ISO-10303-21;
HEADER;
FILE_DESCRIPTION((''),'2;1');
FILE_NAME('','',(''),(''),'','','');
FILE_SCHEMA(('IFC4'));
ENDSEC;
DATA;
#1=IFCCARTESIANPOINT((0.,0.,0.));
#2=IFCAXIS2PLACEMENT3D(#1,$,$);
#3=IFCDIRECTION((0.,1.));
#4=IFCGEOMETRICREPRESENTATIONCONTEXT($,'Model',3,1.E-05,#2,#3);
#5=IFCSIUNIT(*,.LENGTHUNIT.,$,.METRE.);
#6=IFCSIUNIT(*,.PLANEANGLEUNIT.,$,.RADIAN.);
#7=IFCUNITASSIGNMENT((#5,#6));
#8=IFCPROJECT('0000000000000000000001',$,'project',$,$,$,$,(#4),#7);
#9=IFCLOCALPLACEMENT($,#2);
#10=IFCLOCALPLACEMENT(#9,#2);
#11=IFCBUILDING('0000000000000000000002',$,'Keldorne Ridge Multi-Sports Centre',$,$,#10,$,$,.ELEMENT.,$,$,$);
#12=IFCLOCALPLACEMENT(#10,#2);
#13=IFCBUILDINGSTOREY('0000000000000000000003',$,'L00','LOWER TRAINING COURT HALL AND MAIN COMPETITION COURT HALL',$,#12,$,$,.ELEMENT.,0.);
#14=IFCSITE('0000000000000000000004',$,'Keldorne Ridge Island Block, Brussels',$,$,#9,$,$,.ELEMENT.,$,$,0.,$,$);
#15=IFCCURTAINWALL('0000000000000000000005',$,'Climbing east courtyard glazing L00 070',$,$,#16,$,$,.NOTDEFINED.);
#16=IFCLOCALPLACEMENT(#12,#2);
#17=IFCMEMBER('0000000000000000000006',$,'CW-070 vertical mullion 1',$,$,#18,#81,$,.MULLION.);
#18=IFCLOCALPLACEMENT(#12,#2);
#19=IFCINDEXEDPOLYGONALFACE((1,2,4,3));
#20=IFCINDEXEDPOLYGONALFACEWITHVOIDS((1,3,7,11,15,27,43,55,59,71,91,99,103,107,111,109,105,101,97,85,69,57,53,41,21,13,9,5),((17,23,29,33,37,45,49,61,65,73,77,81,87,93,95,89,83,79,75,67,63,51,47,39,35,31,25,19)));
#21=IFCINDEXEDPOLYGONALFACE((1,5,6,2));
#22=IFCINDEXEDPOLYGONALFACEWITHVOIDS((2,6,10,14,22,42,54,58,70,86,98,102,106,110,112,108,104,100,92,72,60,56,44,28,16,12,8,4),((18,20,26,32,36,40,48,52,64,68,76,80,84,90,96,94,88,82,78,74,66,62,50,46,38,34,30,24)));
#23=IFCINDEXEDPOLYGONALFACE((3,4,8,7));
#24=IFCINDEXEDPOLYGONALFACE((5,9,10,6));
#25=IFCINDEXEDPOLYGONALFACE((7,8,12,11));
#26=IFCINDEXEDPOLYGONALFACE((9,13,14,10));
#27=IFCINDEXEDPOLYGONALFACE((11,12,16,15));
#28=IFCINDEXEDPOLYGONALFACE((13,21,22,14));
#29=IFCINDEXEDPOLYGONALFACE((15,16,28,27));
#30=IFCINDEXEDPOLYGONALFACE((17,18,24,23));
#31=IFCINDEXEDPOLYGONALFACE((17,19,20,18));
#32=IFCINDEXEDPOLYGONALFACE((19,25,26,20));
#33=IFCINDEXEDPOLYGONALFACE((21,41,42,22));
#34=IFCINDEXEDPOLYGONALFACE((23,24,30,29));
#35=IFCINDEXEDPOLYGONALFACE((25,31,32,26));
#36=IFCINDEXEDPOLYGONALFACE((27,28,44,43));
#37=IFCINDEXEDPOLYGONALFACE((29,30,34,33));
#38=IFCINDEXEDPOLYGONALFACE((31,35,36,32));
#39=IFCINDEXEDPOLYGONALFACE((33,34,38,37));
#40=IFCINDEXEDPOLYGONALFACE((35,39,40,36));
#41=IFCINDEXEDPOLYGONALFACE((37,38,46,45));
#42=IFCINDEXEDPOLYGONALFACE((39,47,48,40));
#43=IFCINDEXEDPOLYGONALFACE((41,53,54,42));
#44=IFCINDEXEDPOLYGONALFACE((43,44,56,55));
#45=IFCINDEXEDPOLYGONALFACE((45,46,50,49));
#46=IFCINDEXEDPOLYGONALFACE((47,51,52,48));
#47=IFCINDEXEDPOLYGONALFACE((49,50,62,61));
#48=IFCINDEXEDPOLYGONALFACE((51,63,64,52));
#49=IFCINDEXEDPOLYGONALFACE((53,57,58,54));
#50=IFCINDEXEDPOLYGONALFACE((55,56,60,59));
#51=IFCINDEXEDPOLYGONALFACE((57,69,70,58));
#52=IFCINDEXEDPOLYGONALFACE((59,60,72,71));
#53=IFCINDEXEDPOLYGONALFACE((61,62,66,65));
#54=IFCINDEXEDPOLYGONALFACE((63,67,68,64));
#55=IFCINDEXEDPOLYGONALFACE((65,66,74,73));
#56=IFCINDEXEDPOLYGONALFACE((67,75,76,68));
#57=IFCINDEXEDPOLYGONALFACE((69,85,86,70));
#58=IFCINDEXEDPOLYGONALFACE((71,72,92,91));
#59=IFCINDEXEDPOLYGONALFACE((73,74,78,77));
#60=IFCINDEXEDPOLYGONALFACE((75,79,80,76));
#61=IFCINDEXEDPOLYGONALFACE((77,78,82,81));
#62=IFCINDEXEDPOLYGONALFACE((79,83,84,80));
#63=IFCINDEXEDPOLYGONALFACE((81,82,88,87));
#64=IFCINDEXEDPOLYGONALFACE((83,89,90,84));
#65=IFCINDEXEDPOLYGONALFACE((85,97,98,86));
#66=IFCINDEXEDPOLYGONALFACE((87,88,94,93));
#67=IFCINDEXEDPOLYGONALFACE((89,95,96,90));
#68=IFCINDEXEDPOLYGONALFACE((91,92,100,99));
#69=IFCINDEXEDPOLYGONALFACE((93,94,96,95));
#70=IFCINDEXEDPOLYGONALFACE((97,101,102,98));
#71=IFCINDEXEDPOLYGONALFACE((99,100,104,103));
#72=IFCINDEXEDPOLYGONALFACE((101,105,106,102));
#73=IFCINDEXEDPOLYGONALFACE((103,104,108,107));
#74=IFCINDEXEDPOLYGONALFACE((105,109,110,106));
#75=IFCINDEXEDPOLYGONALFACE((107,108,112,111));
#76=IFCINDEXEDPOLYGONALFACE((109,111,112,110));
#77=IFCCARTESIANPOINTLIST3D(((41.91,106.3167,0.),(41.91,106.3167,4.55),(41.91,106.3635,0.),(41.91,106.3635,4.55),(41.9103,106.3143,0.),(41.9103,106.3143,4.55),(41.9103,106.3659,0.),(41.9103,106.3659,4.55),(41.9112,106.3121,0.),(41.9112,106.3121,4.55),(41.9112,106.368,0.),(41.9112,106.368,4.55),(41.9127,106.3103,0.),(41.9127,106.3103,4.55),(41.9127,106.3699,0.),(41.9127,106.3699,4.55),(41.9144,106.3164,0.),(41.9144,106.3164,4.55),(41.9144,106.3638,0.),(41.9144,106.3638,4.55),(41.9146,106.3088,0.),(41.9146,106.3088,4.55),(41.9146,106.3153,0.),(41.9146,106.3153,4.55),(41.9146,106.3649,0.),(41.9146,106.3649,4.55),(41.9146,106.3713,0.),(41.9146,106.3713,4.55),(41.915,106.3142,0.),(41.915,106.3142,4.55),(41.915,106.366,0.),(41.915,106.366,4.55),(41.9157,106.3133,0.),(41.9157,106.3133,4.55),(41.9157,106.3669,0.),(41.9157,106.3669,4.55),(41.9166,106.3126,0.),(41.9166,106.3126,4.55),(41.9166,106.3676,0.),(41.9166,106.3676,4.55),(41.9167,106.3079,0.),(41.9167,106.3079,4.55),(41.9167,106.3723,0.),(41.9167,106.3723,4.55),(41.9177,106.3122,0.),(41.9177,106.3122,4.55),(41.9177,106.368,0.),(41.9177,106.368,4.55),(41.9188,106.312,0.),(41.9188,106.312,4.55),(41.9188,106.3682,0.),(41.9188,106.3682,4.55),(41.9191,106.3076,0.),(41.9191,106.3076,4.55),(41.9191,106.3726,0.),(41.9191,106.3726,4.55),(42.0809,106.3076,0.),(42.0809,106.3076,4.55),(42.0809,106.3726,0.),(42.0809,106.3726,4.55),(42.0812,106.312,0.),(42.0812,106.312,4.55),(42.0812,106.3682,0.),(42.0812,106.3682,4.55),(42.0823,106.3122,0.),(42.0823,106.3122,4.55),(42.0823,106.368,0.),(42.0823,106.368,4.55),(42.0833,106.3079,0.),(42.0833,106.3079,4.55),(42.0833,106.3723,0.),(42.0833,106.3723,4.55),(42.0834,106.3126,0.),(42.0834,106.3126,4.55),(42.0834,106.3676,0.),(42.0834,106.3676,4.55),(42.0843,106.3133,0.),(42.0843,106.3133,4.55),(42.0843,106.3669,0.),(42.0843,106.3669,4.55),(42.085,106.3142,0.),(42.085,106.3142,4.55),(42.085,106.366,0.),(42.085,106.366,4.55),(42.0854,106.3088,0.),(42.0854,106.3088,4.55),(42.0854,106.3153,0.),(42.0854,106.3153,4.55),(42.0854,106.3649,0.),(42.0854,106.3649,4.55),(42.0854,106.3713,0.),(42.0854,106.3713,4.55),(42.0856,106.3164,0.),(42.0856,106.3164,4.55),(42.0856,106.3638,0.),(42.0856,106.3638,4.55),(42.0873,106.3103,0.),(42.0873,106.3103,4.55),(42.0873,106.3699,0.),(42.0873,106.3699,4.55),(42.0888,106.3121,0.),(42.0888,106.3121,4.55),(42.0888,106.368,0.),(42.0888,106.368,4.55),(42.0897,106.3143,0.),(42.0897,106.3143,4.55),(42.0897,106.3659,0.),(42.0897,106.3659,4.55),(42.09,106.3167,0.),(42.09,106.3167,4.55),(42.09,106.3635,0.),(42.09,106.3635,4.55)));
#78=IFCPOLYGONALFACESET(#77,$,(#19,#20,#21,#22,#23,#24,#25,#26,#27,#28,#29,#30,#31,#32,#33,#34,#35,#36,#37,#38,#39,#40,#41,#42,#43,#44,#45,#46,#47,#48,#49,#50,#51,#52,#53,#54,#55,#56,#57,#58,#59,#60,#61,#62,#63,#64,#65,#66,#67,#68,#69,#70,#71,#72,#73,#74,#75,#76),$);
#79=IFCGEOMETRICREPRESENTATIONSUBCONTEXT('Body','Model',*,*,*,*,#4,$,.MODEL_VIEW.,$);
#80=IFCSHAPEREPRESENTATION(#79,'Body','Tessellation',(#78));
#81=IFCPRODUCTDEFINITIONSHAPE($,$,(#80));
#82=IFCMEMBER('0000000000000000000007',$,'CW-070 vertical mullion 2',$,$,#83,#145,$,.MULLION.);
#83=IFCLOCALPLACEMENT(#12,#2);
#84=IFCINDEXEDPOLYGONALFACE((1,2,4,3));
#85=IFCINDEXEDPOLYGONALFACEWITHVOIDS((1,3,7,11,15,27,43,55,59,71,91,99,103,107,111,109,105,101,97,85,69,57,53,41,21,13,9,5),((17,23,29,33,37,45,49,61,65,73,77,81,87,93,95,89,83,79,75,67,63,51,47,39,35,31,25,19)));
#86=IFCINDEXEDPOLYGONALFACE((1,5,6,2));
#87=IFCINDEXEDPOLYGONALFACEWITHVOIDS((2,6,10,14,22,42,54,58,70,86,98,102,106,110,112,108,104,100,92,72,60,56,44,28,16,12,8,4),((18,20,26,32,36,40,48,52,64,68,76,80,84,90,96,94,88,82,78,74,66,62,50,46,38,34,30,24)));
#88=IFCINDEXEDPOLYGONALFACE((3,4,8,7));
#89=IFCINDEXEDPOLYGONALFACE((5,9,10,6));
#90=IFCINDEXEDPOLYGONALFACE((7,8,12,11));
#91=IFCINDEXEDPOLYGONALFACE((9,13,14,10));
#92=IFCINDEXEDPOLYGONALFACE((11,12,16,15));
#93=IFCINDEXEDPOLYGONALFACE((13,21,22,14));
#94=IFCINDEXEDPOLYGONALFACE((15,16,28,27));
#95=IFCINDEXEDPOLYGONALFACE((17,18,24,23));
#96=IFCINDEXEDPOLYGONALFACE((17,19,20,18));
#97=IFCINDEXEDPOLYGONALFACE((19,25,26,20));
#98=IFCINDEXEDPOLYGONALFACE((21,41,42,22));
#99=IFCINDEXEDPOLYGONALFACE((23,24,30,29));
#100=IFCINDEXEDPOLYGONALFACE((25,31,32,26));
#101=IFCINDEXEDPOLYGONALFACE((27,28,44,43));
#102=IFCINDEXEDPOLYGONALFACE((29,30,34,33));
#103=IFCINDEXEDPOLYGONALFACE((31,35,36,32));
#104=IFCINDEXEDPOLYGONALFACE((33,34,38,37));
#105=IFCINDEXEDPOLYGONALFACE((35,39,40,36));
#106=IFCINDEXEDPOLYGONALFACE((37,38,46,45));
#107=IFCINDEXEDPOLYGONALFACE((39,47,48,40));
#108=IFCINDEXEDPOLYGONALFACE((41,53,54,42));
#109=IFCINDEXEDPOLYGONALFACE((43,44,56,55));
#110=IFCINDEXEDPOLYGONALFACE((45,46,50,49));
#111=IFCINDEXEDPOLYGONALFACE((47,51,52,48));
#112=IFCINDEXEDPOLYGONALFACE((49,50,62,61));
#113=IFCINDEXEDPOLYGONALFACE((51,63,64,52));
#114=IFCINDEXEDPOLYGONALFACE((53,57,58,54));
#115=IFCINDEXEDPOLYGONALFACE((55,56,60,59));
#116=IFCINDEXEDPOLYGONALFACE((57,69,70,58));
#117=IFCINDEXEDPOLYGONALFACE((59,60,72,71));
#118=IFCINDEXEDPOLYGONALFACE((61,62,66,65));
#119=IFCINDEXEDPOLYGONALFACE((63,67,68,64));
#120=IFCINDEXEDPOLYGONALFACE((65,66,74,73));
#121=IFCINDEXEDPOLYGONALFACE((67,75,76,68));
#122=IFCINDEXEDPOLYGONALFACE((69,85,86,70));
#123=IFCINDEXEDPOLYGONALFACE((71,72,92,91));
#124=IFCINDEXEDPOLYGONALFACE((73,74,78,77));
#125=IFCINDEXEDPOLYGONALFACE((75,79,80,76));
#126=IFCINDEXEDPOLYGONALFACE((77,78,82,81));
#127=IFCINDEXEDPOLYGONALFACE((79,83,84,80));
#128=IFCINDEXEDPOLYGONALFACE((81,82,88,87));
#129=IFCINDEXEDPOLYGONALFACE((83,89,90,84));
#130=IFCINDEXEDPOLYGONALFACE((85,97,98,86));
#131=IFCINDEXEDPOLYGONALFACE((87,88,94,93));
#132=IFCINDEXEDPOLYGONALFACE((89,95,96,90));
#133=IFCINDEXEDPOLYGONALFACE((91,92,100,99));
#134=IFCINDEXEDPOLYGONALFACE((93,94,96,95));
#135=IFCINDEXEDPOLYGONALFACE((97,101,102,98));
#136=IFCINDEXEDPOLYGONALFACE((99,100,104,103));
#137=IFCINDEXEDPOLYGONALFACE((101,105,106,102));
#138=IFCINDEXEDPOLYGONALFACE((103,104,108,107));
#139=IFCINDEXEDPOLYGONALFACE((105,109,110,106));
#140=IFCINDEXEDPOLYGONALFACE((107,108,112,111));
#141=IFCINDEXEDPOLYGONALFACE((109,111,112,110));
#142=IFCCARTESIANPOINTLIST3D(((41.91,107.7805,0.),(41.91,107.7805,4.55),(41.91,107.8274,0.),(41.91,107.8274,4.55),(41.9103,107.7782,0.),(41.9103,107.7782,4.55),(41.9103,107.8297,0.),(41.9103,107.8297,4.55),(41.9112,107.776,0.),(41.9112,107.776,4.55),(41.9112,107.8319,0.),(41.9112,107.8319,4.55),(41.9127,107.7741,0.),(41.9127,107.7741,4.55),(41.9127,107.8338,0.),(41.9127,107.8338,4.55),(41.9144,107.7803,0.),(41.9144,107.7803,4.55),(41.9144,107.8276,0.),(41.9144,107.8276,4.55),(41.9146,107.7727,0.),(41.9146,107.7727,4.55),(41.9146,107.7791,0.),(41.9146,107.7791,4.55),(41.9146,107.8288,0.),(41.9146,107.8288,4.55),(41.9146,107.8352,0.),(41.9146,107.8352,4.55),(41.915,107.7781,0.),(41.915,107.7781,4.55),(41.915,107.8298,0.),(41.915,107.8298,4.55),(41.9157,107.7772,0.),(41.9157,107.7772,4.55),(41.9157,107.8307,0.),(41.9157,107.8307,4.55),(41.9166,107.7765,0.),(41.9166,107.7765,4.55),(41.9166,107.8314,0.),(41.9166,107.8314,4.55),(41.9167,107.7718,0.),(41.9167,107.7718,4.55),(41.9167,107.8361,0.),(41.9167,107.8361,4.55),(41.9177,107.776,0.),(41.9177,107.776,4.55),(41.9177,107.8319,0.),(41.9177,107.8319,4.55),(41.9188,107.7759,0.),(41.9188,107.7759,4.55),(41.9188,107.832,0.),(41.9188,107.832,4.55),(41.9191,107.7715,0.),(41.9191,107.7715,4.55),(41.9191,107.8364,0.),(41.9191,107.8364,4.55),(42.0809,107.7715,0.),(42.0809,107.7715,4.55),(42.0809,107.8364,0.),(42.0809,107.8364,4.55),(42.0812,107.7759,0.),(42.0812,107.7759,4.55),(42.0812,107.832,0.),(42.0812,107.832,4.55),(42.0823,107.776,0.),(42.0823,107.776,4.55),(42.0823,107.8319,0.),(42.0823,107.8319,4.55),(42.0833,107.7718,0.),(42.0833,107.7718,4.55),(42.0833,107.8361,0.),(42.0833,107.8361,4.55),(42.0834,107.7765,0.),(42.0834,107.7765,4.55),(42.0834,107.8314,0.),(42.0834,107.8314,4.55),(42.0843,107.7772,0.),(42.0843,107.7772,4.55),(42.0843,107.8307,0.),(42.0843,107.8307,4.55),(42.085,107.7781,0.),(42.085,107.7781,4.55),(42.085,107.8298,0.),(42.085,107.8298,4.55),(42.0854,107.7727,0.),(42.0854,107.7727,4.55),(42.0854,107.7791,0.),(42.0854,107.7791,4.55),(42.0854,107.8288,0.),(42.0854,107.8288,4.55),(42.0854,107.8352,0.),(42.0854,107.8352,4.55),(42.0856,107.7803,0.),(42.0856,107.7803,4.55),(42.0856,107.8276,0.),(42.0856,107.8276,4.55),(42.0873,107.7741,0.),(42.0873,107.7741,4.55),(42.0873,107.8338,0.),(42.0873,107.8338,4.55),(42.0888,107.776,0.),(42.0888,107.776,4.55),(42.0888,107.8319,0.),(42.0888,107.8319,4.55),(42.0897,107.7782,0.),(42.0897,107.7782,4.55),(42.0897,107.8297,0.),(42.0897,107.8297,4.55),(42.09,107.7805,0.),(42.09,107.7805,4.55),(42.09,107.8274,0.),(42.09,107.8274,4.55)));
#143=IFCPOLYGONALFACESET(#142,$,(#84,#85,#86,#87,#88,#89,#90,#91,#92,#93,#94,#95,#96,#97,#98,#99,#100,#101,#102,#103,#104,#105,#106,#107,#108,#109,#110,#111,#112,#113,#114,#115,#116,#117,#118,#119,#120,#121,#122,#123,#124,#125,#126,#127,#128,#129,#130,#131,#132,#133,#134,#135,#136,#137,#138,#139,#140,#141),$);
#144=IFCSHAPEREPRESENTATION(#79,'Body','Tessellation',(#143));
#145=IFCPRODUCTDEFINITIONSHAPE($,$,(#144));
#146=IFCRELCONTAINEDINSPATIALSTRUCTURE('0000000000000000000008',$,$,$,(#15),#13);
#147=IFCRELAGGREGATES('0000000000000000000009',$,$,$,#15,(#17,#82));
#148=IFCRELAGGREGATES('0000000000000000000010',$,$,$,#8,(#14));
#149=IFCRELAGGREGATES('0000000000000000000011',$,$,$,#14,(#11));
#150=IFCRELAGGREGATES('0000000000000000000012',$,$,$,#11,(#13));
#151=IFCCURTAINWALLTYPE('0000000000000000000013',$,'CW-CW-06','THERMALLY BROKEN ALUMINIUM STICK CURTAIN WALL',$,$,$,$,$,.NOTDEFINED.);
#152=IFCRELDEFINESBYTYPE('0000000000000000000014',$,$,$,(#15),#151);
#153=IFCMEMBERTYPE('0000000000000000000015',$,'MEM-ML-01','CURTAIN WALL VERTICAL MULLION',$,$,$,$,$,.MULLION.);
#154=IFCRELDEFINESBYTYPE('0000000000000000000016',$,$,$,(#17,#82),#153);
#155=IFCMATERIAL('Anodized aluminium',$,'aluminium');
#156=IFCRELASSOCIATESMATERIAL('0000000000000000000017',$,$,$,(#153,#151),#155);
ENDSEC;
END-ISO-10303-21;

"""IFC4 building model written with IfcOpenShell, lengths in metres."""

from ifc_helpers import new_model, si_unit, direction, frame, origin, origin_2d, place, context, subcontext, project, spatial, hollow_rectangle, extrude, material, material_profile, profile_set, type_object, element, aggregate, save


model = new_model("IFC4")

# Units and contexts
model_context = context("Model", 3, precision=1e-05, world=origin(), true_north=direction((0.0, 1.0)))
body_context = subcontext(model_context, "Body", "Model", "MODEL_VIEW")
ifc_project = project(units=[si_unit("LENGTHUNIT", "METRE"), si_unit("PLANEANGLEUNIT", "RADIAN")], contexts=[model_context])

# Site, building, storey
site_placement = place(None, origin())
site = spatial("IfcSite", under=ifc_project, at=site_placement, Name="Keldorne Ridge Island Block, Brussels", CompositionType="ELEMENT", RefElevation=0.0)
building_placement = place(site_placement, origin())
building = spatial("IfcBuilding", under=site, at=building_placement, Name="Keldorne Ridge Multi-Sports Centre", CompositionType="ELEMENT")
storey_placement = place(building_placement, origin())
storey = spatial("IfcBuildingStorey", under=building, at=storey_placement, Name="L00", Description="LOWER TRAINING COURT HALL AND MAIN COMPETITION COURT HALL", CompositionType="ELEMENT", Elevation=0.0)

# Shared definitions
ifc_material_1 = material(Name="Anodized aluminium", Category="aluminium")
ifc_material_profile_1 = material_profile(ifc_material_1, hollow_rectangle(XDim=0.0649, YDim=0.1799, WallThickness=0.0044, InnerFilletRadius=0.0044, OuterFilletRadius=0.009, at=origin_2d()), Name="ALU MULLION 180x65x4.5")
ifc_profile_set_1 = profile_set([ifc_material_profile_1], Name="Anodized aluminium")
member_type_1 = type_object("IfcMemberType", Name="MEM-ML-01", Description="CURTAIN WALL VERTICAL MULLION", PredefinedType="MULLION", material=ifc_profile_set_1)

# Curtain wall, members
curtain_wall_type_1 = type_object("IfcCurtainWallType", Name="CW-CW-06", Description="THERMALLY BROKEN ALUMINIUM STICK CURTAIN WALL", PredefinedType="NOTDEFINED", material=ifc_material_1)
curtain_wall_1_placement = place(storey_placement, origin())
curtain_wall_1 = element("IfcCurtainWall", 1, at=curtain_wall_1_placement, inside=storey, type_object=curtain_wall_type_1, Name="Climbing east courtyard glazing L00 070", PredefinedType="NOTDEFINED")
member_1_placement = place(storey_placement, frame((42.0, 106.3401, 0.0), z_axis=(0.0, 0.0, 1.0), x_axis=(0.0, 1.0, 0.0)))
member_1 = element("IfcMember", 2, at=member_1_placement, type_object=member_type_1, Name="CW-070 vertical mullion 1", PredefinedType="MULLION", context=body_context, shape_type="SweptSolid", body=[
    extrude(hollow_rectangle(XDim=0.0649, YDim=0.1799, WallThickness=0.0044, InnerFilletRadius=0.0044, OuterFilletRadius=0.009, at=origin_2d()), origin(), (0.0, 0.0, 1.0), 4.55),
])
member_2_placement = place(storey_placement, frame((42.0, 107.804, 0.0), z_axis=(0.0, 0.0, 1.0), x_axis=(0.0, 1.0, 0.0)))
member_2 = element("IfcMember", 3, at=member_2_placement, type_object=member_type_1, Name="CW-070 vertical mullion 2", PredefinedType="MULLION", context=body_context, shape_type="SweptSolid", body=[
    extrude(hollow_rectangle(XDim=0.0649, YDim=0.1799, WallThickness=0.0044, InnerFilletRadius=0.0044, OuterFilletRadius=0.009, at=origin_2d()), origin(), (0.0, 0.0, 1.0), 4.55),
])

aggregate(curtain_wall_1, [member_1, member_2])

save(model, "model.ifc")
